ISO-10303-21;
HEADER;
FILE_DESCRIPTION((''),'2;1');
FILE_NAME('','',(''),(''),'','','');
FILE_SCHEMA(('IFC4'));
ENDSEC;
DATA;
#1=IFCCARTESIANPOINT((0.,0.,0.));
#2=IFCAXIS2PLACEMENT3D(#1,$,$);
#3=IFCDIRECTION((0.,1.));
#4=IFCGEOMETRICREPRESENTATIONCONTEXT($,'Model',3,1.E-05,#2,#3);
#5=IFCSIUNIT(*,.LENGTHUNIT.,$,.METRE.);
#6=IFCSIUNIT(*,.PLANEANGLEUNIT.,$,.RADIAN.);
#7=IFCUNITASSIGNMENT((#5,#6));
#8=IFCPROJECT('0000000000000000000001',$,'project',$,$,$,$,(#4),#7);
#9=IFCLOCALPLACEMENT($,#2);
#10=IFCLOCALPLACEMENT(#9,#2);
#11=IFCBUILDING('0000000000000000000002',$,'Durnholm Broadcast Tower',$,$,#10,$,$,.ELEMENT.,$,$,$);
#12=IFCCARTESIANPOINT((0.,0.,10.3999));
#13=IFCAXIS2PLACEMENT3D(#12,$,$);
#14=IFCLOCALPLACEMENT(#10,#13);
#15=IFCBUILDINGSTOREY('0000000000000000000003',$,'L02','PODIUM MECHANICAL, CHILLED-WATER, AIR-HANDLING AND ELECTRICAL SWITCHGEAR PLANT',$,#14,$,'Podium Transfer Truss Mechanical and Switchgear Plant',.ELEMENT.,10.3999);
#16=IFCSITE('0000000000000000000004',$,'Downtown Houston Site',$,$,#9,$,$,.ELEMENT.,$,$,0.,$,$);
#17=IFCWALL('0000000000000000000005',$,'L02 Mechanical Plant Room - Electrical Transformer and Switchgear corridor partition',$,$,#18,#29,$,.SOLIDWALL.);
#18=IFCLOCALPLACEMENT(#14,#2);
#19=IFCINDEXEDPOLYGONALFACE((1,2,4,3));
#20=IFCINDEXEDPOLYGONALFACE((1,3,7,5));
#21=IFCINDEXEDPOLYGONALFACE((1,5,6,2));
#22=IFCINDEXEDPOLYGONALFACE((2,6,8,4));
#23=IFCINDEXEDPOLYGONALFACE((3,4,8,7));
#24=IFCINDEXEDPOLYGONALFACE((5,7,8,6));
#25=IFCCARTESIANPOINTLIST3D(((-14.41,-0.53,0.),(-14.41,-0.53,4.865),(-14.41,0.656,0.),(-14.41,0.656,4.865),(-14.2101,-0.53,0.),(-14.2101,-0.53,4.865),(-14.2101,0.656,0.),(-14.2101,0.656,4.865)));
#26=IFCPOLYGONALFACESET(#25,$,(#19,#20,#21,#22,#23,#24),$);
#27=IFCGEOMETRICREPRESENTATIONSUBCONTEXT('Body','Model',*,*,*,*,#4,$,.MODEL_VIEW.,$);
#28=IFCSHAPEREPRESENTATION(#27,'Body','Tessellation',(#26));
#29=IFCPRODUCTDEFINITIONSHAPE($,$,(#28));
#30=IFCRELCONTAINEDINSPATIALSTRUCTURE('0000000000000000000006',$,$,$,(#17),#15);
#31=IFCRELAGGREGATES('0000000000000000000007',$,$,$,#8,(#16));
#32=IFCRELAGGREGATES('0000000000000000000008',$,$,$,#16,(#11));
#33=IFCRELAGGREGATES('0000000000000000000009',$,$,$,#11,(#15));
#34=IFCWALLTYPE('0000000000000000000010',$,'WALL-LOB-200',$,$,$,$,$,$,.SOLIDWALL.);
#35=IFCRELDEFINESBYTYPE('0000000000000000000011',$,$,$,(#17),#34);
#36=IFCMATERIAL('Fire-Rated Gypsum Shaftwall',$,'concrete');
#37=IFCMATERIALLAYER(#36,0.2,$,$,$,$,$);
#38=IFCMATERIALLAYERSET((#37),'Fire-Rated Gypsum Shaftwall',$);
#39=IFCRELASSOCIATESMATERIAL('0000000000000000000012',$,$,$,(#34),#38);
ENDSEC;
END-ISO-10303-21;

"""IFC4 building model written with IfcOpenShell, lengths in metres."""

from ifc_helpers import new_model, si_unit, direction, frame, frame_2d, origin, place, context, subcontext, project, spatial, rectangle, extrude, material, layer, layer_set, type_object, element, save


model = new_model("IFC4")

# Units and contexts
model_context = context("Model", 3, precision=1e-05, world=origin(), true_north=direction((0.0, 1.0)))
body_context = subcontext(model_context, "Body", "Model", "MODEL_VIEW")
ifc_project = project(units=[si_unit("LENGTHUNIT", "METRE"), si_unit("PLANEANGLEUNIT", "RADIAN")], contexts=[model_context])

# Site, building, storey
site_placement = place(None, origin())
site = spatial("IfcSite", under=ifc_project, at=site_placement, Name="Downtown Houston Site", CompositionType="ELEMENT", RefElevation=0.0)
building_placement = place(site_placement, origin())
building = spatial("IfcBuilding", under=site, at=building_placement, Name="Durnholm Broadcast Tower", CompositionType="ELEMENT")
storey_placement = place(building_placement, frame((0.0, 0.0, 10.3999)))
storey = spatial("IfcBuildingStorey", under=building, at=storey_placement, Name="L02", Description="PODIUM MECHANICAL, CHILLED-WATER, AIR-HANDLING AND ELECTRICAL SWITCHGEAR PLANT", LongName="Podium Transfer Truss Mechanical and Switchgear Plant", CompositionType="ELEMENT", Elevation=10.3999)

# Wall
ifc_material_1 = material(Name="Fire-Rated Gypsum Shaftwall", Category="concrete")
ifc_layer_1 = layer(ifc_material_1, 0.2)
ifc_layer_set_1 = layer_set([ifc_layer_1], Name="Fire-Rated Gypsum Shaftwall")
wall_type = type_object("IfcWallType", Name="WALL-LOB-200", PredefinedType="SOLIDWALL", material=ifc_layer_set_1)
wall_placement = place(storey_placement, frame((-14.3101, 0.656, 0.0), z_axis=(0.0, 0.0, 1.0), x_axis=(0.0, -1.0, 0.0)))
element("IfcWall", 1, at=wall_placement, inside=storey, type_object=wall_type, Name="L02 Mechanical Plant Room - Electrical Transformer and Switchgear corridor partition", PredefinedType="SOLIDWALL", context=body_context, shape_type="SweptSolid", body=[
    extrude(rectangle(XDim=1.186, YDim=0.2, at=frame_2d((0.593, 0.0))), origin(), (0.0, 0.0, 1.0), 4.865),
])

save(model, "model.ifc")
